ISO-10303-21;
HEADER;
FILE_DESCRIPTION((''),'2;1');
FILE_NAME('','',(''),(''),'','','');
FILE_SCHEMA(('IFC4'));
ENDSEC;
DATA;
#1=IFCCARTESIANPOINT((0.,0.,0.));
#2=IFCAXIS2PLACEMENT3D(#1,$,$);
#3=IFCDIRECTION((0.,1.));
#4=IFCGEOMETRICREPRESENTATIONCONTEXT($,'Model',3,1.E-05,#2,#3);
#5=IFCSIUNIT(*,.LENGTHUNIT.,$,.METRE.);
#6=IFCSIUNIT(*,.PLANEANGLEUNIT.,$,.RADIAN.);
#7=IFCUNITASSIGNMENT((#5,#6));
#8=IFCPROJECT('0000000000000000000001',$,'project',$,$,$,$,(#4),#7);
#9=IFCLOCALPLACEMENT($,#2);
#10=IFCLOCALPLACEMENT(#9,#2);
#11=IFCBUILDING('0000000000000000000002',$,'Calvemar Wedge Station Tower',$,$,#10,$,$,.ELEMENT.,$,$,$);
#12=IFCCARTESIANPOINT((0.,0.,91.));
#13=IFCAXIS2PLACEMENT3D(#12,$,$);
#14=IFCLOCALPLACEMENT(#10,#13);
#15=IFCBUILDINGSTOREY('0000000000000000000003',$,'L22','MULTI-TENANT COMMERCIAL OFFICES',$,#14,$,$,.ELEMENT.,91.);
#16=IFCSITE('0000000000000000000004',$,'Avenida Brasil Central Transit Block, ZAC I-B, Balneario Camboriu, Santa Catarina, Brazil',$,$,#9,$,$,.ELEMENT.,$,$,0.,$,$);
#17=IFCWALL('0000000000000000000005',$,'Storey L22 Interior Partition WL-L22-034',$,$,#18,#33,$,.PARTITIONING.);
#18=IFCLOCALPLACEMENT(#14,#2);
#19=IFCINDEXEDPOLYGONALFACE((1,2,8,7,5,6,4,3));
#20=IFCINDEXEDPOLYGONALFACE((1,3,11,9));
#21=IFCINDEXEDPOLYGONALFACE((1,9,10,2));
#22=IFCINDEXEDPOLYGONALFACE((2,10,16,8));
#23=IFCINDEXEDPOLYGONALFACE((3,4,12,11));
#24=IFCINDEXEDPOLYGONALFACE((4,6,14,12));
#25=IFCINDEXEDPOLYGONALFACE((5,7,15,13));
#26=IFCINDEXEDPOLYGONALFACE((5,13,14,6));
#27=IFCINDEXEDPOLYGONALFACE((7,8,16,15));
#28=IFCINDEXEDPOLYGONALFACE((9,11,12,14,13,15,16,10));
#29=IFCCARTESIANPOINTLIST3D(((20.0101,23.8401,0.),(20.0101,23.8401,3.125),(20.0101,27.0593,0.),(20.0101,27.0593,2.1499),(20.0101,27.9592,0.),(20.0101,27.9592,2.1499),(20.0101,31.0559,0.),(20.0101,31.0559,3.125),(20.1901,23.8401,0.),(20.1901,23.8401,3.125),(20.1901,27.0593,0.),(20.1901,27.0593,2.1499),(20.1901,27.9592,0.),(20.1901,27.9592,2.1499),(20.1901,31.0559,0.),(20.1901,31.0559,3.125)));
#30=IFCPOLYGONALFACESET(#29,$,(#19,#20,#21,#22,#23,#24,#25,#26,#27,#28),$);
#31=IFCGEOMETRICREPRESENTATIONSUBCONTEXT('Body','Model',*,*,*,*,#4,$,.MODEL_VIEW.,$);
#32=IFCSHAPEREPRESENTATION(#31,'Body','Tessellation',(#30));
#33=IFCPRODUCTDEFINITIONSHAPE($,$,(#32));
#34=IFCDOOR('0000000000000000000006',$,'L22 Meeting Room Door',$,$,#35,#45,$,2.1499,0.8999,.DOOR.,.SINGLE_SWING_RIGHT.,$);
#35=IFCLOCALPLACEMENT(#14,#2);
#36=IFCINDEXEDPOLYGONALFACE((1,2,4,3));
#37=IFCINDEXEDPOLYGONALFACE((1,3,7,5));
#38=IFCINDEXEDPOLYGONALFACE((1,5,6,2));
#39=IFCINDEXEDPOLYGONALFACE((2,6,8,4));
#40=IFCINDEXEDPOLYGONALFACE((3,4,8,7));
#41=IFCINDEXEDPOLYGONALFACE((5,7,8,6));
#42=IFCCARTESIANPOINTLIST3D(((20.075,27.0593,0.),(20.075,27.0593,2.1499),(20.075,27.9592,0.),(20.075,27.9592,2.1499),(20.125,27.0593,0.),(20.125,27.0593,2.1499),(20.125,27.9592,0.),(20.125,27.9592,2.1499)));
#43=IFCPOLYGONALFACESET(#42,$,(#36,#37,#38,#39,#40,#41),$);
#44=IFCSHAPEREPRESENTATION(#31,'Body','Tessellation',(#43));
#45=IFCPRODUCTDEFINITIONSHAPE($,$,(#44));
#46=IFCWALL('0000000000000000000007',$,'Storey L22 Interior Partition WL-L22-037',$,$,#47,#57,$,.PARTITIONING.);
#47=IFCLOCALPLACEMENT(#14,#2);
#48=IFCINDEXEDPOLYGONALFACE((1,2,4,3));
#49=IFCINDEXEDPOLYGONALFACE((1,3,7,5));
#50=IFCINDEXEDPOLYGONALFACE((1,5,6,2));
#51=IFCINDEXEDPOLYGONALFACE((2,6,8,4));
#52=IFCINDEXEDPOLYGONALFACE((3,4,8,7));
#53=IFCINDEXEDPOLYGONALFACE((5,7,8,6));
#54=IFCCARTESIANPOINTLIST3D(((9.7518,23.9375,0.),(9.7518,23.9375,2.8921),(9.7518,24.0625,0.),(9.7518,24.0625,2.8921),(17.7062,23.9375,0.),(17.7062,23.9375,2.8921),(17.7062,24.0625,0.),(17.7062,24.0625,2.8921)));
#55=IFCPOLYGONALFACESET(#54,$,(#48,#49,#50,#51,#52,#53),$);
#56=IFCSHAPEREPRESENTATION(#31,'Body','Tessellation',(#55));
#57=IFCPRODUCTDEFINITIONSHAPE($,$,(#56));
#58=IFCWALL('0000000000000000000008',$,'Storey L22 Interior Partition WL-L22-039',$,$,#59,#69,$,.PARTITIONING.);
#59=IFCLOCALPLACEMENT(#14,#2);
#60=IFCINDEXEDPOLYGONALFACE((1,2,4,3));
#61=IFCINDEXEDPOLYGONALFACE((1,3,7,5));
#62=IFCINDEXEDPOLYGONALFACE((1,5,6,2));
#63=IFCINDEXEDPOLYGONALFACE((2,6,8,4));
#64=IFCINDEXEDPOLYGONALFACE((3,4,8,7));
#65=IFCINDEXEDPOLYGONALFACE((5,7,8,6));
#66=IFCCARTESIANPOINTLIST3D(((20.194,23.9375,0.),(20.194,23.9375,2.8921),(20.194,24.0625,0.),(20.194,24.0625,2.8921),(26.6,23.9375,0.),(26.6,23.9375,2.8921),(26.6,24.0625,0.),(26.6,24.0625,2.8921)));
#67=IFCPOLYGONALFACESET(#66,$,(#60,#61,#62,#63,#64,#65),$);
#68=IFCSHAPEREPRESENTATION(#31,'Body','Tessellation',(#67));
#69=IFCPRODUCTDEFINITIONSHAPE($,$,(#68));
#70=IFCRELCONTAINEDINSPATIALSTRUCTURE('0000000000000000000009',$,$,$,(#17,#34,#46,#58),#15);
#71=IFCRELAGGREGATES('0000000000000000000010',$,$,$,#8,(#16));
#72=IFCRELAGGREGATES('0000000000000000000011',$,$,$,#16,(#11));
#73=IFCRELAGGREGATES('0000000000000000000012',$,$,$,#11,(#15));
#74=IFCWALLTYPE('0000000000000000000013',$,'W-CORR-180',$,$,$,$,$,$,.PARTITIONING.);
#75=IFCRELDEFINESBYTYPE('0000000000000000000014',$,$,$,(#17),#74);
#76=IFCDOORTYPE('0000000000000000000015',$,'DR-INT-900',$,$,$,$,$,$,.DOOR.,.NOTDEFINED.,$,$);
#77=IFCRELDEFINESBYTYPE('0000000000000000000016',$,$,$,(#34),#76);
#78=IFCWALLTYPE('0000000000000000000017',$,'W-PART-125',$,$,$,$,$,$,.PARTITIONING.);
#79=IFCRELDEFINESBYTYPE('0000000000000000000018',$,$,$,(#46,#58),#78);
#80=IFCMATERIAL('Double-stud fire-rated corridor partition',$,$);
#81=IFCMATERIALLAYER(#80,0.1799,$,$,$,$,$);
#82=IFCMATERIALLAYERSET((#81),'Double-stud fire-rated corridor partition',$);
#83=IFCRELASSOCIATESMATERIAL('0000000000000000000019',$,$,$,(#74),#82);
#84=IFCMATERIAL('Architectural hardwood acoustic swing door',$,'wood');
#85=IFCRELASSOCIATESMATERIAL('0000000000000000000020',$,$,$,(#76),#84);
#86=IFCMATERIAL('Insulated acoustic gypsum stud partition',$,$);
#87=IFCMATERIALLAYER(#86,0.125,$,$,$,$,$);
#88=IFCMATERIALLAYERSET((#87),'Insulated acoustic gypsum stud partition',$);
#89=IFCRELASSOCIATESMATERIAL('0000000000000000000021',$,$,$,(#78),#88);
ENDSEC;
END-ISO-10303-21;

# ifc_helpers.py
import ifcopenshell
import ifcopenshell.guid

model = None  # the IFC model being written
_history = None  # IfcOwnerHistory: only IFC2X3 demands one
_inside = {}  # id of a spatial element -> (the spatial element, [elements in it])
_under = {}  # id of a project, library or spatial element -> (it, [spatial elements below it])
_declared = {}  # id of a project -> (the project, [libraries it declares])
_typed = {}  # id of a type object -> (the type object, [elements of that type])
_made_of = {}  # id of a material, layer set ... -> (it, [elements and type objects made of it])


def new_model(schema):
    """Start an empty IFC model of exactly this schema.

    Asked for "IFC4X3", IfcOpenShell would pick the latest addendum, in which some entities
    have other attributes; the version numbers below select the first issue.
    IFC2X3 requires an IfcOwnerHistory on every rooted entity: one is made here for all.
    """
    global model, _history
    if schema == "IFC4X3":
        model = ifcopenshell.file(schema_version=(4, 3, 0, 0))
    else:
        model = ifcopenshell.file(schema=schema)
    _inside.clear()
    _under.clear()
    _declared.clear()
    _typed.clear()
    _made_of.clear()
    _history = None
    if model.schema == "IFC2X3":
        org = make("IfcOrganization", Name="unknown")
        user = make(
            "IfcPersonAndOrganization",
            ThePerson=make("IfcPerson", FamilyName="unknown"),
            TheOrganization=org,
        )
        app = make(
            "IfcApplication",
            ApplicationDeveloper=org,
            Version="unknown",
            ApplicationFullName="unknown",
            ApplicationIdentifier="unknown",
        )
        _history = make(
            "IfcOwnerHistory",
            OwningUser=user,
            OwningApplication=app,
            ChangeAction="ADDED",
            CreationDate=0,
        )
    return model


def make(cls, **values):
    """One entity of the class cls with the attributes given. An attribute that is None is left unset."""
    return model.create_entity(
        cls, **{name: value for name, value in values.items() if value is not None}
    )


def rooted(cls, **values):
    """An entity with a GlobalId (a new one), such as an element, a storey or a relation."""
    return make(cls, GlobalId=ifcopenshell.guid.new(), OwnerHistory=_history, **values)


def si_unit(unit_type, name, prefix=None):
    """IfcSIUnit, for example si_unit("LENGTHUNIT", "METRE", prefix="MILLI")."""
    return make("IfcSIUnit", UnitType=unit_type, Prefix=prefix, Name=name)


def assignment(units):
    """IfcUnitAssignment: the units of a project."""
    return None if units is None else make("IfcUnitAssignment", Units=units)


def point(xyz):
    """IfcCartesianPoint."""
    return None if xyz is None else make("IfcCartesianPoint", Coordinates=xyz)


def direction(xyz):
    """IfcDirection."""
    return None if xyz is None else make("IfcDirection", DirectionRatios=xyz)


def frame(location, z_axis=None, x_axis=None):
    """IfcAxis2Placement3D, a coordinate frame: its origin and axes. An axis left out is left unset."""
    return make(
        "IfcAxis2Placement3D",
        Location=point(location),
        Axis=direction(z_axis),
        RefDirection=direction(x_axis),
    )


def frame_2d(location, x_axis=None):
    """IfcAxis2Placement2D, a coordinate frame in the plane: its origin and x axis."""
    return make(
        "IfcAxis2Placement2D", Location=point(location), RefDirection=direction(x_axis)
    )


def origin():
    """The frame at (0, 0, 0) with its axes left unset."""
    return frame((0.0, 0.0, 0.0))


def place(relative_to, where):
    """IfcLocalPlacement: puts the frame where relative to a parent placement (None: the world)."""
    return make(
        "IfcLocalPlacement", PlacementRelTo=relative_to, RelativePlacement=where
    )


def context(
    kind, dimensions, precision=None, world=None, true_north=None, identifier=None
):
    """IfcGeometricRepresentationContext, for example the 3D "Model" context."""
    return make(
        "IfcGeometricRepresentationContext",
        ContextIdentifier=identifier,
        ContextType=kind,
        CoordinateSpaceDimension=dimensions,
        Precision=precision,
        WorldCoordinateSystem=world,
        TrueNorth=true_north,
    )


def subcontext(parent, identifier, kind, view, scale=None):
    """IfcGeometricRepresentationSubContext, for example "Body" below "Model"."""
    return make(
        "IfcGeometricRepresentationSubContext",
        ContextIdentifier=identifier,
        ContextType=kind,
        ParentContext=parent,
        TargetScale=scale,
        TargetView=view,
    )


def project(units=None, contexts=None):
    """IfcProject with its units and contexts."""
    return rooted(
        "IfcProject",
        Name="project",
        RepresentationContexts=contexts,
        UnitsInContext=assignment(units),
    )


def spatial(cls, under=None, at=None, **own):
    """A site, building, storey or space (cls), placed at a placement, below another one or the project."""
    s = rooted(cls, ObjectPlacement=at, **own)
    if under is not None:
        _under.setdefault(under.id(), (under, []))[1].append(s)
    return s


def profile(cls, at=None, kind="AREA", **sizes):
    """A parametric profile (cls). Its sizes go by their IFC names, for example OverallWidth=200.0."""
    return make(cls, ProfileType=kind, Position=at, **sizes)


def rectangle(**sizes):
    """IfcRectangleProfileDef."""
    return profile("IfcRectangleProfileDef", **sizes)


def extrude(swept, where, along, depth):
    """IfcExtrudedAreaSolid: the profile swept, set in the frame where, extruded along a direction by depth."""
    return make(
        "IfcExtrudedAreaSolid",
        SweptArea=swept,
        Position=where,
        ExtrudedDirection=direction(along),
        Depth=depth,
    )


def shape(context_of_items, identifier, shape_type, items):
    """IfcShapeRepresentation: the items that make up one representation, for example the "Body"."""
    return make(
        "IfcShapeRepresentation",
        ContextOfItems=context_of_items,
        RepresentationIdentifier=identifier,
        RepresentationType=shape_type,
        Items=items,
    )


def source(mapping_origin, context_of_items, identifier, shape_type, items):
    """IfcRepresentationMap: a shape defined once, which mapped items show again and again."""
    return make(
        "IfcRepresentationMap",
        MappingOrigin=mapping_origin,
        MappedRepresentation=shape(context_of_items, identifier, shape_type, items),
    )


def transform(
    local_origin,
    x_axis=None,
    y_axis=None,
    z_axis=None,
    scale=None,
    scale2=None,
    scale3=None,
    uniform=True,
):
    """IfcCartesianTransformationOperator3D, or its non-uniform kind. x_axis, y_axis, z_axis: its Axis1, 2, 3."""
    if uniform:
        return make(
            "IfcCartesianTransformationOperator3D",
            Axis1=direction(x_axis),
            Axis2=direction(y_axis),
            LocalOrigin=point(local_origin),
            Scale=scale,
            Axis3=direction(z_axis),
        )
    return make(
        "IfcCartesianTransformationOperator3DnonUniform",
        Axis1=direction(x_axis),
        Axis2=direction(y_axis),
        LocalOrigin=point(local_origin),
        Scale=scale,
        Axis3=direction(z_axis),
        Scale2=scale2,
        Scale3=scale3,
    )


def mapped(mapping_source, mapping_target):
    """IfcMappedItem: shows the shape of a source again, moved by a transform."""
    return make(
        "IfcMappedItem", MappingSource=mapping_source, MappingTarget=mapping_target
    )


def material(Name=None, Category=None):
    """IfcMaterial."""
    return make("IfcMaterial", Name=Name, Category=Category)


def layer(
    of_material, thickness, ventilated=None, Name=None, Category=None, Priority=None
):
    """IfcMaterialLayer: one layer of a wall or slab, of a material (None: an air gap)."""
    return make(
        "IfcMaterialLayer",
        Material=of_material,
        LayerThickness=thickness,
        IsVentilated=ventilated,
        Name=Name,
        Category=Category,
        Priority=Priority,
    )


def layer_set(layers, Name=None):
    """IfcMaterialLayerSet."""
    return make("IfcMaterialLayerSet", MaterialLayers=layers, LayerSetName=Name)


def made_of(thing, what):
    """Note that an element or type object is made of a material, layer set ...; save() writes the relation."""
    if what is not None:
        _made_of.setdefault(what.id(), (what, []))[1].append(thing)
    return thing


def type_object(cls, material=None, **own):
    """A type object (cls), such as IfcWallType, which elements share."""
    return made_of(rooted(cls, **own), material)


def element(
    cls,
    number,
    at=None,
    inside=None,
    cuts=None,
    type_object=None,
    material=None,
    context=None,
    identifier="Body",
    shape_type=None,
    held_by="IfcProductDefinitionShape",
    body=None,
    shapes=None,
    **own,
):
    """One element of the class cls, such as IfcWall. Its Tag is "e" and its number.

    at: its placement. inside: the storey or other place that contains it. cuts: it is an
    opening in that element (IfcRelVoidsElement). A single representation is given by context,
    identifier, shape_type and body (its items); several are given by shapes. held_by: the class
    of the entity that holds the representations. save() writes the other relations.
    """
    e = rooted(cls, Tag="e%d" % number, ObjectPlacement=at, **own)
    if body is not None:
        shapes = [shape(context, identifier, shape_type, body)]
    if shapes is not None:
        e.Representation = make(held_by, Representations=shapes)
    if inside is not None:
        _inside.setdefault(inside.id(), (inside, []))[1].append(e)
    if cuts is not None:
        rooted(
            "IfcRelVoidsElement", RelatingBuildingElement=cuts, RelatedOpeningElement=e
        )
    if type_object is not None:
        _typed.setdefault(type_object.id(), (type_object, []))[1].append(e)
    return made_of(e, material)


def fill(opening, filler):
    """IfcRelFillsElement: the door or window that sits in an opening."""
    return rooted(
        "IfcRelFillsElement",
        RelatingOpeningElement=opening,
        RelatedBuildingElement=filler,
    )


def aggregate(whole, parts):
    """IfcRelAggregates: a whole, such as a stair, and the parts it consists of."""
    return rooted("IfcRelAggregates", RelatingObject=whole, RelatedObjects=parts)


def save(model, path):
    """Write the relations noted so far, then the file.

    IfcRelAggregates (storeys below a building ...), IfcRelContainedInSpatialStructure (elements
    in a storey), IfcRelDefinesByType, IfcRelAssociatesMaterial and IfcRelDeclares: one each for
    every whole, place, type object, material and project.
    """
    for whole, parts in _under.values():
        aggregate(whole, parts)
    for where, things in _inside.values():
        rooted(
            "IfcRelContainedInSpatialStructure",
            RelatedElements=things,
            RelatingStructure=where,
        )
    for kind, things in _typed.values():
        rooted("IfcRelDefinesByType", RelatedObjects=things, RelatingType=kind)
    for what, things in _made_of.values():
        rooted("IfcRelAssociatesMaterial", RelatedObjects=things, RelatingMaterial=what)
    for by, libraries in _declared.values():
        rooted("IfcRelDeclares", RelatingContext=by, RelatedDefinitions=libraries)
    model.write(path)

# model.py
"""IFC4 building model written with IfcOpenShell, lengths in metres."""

from ifc_helpers import new_model, si_unit, direction, frame, frame_2d, origin, place, context, subcontext, project, spatial, rectangle, extrude, source, transform, mapped, material, layer, layer_set, type_object, element, fill, save


model = new_model("IFC4")

# Units and contexts
model_context = context("Model", 3, precision=1e-05, world=origin(), true_north=direction((0.0, 1.0)))
body_context = subcontext(model_context, "Body", "Model", "MODEL_VIEW")
ifc_project = project(units=[si_unit("LENGTHUNIT", "METRE"), si_unit("PLANEANGLEUNIT", "RADIAN")], contexts=[model_context])

# Site, building, storey
site_placement = place(None, origin())
site = spatial("IfcSite", under=ifc_project, at=site_placement, Name="Avenida Brasil Central Transit Block, ZAC I-B, Balneario Camboriu, Santa Catarina, Brazil", CompositionType="ELEMENT", RefElevation=0.0)
building_placement = place(site_placement, origin())
building = spatial("IfcBuilding", under=site, at=building_placement, Name="Calvemar Wedge Station Tower", CompositionType="ELEMENT")
storey_placement = place(building_placement, frame((0.0, 0.0, 91.0)))
storey = spatial("IfcBuildingStorey", under=building, at=storey_placement, Name="L22", Description="MULTI-TENANT COMMERCIAL OFFICES", CompositionType="ELEMENT", Elevation=91.0)

# Shared definitions
ifc_material_1 = material(Name="Double-stud fire-rated corridor partition")
ifc_layer_1 = layer(ifc_material_1, 0.1799)
ifc_layer_set_1 = layer_set([ifc_layer_1], Name="Double-stud fire-rated corridor partition")
wall_type_1 = type_object("IfcWallType", Name="W-CORR-180", PredefinedType="PARTITIONING", material=ifc_layer_set_1)

# Wall, opening, door
shared_shape_1 = source(origin(), body_context, "Body", "SweptSolid", [
    extrude(rectangle(XDim=0.8999, YDim=2.1499, at=frame_2d((0.45, 1.075))), frame((0.0, 0.1001, 0.0), z_axis=(0.0, -1.0, 0.0), x_axis=(1.0, 0.0, 0.0)), (0.0, 0.0, 1.0), 0.2),
])
ifc_material_2 = material(Name="Architectural hardwood acoustic swing door", Category="wood")
door_type_1 = type_object("IfcDoorType", Name="DR-INT-900", OperationType="NOTDEFINED", PredefinedType="DOOR", material=ifc_material_2)
shared_shape_2 = source(origin(), body_context, "Body", "SweptSolid", [
    extrude(rectangle(XDim=0.8999, YDim=2.1499, at=frame_2d((0.45, 1.075))), frame((0.0, 0.0249, 0.0), z_axis=(0.0, -1.0, 0.0), x_axis=(1.0, 0.0, 0.0)), (0.0, 0.0, 1.0), 0.05),
])
wall_1_placement = place(storey_placement, frame((20.1001, 31.0559, 0.0), z_axis=(0.0, 0.0, 1.0), x_axis=(0.0, -1.0, 0.0)))
wall_1 = element("IfcWall", 1, at=wall_1_placement, inside=storey, type_object=wall_type_1, Name="Storey L22 Interior Partition WL-L22-034", PredefinedType="PARTITIONING", context=body_context, shape_type="SweptSolid", body=[
    extrude(rectangle(XDim=7.2158, YDim=0.1799, at=frame_2d((3.6079, 0.0))), origin(), (0.0, 0.0, 1.0), 3.125),
])
opening_1_placement = place(wall_1_placement, frame((3.0967, 0.0, 0.0)))
opening_1 = element("IfcOpeningElement", 2, at=opening_1_placement, cuts=wall_1, PredefinedType="OPENING", context=body_context, shape_type="MappedRepresentation", body=[
    mapped(shared_shape_1, transform((0.0, 0.0, 0.0), scale=1.0)),
])
door_1_placement = place(opening_1_placement, origin())
door_1 = element("IfcDoor", 3, at=door_1_placement, inside=storey, type_object=door_type_1, Name="L22 Meeting Room Door", OperationType="SINGLE_SWING_RIGHT", OverallHeight=2.1499, OverallWidth=0.8999, PredefinedType="DOOR", context=body_context, shape_type="MappedRepresentation", body=[
    mapped(shared_shape_2, transform((0.0, 0.0, 0.0), scale=1.0)),
])
fill(opening_1, door_1)

# Walls
ifc_material_3 = material(Name="Insulated acoustic gypsum stud partition")
ifc_layer_2 = layer(ifc_material_3, 0.125)
ifc_layer_set_2 = layer_set([ifc_layer_2], Name="Insulated acoustic gypsum stud partition")
wall_type_2 = type_object("IfcWallType", Name="W-PART-125", PredefinedType="PARTITIONING", material=ifc_layer_set_2)
wall_2_placement = place(storey_placement, frame((17.7061, 24.0, 0.0), z_axis=(0.0, 0.0, 1.0), x_axis=(-1.0, 0.0, 0.0)))
element("IfcWall", 4, at=wall_2_placement, inside=storey, type_object=wall_type_2, Name="Storey L22 Interior Partition WL-L22-037", PredefinedType="PARTITIONING", context=body_context, shape_type="SweptSolid", body=[
    extrude(rectangle(XDim=7.9543, YDim=0.125, at=frame_2d((3.9771, 0.0))), origin(), (0.0, 0.0, 1.0), 2.8921),
])
wall_3_placement = place(storey_placement, frame((26.6001, 24.0, 0.0), z_axis=(0.0, 0.0, 1.0), x_axis=(-1.0, 0.0, 0.0)))
element("IfcWall", 5, at=wall_3_placement, inside=storey, type_object=wall_type_2, Name="Storey L22 Interior Partition WL-L22-039", PredefinedType="PARTITIONING", context=body_context, shape_type="SweptSolid", body=[
    extrude(rectangle(XDim=6.406, YDim=0.125, at=frame_2d((3.2031, 0.0))), origin(), (0.0, 0.0, 1.0), 2.8921),
])

save(model, "model.ifc")
